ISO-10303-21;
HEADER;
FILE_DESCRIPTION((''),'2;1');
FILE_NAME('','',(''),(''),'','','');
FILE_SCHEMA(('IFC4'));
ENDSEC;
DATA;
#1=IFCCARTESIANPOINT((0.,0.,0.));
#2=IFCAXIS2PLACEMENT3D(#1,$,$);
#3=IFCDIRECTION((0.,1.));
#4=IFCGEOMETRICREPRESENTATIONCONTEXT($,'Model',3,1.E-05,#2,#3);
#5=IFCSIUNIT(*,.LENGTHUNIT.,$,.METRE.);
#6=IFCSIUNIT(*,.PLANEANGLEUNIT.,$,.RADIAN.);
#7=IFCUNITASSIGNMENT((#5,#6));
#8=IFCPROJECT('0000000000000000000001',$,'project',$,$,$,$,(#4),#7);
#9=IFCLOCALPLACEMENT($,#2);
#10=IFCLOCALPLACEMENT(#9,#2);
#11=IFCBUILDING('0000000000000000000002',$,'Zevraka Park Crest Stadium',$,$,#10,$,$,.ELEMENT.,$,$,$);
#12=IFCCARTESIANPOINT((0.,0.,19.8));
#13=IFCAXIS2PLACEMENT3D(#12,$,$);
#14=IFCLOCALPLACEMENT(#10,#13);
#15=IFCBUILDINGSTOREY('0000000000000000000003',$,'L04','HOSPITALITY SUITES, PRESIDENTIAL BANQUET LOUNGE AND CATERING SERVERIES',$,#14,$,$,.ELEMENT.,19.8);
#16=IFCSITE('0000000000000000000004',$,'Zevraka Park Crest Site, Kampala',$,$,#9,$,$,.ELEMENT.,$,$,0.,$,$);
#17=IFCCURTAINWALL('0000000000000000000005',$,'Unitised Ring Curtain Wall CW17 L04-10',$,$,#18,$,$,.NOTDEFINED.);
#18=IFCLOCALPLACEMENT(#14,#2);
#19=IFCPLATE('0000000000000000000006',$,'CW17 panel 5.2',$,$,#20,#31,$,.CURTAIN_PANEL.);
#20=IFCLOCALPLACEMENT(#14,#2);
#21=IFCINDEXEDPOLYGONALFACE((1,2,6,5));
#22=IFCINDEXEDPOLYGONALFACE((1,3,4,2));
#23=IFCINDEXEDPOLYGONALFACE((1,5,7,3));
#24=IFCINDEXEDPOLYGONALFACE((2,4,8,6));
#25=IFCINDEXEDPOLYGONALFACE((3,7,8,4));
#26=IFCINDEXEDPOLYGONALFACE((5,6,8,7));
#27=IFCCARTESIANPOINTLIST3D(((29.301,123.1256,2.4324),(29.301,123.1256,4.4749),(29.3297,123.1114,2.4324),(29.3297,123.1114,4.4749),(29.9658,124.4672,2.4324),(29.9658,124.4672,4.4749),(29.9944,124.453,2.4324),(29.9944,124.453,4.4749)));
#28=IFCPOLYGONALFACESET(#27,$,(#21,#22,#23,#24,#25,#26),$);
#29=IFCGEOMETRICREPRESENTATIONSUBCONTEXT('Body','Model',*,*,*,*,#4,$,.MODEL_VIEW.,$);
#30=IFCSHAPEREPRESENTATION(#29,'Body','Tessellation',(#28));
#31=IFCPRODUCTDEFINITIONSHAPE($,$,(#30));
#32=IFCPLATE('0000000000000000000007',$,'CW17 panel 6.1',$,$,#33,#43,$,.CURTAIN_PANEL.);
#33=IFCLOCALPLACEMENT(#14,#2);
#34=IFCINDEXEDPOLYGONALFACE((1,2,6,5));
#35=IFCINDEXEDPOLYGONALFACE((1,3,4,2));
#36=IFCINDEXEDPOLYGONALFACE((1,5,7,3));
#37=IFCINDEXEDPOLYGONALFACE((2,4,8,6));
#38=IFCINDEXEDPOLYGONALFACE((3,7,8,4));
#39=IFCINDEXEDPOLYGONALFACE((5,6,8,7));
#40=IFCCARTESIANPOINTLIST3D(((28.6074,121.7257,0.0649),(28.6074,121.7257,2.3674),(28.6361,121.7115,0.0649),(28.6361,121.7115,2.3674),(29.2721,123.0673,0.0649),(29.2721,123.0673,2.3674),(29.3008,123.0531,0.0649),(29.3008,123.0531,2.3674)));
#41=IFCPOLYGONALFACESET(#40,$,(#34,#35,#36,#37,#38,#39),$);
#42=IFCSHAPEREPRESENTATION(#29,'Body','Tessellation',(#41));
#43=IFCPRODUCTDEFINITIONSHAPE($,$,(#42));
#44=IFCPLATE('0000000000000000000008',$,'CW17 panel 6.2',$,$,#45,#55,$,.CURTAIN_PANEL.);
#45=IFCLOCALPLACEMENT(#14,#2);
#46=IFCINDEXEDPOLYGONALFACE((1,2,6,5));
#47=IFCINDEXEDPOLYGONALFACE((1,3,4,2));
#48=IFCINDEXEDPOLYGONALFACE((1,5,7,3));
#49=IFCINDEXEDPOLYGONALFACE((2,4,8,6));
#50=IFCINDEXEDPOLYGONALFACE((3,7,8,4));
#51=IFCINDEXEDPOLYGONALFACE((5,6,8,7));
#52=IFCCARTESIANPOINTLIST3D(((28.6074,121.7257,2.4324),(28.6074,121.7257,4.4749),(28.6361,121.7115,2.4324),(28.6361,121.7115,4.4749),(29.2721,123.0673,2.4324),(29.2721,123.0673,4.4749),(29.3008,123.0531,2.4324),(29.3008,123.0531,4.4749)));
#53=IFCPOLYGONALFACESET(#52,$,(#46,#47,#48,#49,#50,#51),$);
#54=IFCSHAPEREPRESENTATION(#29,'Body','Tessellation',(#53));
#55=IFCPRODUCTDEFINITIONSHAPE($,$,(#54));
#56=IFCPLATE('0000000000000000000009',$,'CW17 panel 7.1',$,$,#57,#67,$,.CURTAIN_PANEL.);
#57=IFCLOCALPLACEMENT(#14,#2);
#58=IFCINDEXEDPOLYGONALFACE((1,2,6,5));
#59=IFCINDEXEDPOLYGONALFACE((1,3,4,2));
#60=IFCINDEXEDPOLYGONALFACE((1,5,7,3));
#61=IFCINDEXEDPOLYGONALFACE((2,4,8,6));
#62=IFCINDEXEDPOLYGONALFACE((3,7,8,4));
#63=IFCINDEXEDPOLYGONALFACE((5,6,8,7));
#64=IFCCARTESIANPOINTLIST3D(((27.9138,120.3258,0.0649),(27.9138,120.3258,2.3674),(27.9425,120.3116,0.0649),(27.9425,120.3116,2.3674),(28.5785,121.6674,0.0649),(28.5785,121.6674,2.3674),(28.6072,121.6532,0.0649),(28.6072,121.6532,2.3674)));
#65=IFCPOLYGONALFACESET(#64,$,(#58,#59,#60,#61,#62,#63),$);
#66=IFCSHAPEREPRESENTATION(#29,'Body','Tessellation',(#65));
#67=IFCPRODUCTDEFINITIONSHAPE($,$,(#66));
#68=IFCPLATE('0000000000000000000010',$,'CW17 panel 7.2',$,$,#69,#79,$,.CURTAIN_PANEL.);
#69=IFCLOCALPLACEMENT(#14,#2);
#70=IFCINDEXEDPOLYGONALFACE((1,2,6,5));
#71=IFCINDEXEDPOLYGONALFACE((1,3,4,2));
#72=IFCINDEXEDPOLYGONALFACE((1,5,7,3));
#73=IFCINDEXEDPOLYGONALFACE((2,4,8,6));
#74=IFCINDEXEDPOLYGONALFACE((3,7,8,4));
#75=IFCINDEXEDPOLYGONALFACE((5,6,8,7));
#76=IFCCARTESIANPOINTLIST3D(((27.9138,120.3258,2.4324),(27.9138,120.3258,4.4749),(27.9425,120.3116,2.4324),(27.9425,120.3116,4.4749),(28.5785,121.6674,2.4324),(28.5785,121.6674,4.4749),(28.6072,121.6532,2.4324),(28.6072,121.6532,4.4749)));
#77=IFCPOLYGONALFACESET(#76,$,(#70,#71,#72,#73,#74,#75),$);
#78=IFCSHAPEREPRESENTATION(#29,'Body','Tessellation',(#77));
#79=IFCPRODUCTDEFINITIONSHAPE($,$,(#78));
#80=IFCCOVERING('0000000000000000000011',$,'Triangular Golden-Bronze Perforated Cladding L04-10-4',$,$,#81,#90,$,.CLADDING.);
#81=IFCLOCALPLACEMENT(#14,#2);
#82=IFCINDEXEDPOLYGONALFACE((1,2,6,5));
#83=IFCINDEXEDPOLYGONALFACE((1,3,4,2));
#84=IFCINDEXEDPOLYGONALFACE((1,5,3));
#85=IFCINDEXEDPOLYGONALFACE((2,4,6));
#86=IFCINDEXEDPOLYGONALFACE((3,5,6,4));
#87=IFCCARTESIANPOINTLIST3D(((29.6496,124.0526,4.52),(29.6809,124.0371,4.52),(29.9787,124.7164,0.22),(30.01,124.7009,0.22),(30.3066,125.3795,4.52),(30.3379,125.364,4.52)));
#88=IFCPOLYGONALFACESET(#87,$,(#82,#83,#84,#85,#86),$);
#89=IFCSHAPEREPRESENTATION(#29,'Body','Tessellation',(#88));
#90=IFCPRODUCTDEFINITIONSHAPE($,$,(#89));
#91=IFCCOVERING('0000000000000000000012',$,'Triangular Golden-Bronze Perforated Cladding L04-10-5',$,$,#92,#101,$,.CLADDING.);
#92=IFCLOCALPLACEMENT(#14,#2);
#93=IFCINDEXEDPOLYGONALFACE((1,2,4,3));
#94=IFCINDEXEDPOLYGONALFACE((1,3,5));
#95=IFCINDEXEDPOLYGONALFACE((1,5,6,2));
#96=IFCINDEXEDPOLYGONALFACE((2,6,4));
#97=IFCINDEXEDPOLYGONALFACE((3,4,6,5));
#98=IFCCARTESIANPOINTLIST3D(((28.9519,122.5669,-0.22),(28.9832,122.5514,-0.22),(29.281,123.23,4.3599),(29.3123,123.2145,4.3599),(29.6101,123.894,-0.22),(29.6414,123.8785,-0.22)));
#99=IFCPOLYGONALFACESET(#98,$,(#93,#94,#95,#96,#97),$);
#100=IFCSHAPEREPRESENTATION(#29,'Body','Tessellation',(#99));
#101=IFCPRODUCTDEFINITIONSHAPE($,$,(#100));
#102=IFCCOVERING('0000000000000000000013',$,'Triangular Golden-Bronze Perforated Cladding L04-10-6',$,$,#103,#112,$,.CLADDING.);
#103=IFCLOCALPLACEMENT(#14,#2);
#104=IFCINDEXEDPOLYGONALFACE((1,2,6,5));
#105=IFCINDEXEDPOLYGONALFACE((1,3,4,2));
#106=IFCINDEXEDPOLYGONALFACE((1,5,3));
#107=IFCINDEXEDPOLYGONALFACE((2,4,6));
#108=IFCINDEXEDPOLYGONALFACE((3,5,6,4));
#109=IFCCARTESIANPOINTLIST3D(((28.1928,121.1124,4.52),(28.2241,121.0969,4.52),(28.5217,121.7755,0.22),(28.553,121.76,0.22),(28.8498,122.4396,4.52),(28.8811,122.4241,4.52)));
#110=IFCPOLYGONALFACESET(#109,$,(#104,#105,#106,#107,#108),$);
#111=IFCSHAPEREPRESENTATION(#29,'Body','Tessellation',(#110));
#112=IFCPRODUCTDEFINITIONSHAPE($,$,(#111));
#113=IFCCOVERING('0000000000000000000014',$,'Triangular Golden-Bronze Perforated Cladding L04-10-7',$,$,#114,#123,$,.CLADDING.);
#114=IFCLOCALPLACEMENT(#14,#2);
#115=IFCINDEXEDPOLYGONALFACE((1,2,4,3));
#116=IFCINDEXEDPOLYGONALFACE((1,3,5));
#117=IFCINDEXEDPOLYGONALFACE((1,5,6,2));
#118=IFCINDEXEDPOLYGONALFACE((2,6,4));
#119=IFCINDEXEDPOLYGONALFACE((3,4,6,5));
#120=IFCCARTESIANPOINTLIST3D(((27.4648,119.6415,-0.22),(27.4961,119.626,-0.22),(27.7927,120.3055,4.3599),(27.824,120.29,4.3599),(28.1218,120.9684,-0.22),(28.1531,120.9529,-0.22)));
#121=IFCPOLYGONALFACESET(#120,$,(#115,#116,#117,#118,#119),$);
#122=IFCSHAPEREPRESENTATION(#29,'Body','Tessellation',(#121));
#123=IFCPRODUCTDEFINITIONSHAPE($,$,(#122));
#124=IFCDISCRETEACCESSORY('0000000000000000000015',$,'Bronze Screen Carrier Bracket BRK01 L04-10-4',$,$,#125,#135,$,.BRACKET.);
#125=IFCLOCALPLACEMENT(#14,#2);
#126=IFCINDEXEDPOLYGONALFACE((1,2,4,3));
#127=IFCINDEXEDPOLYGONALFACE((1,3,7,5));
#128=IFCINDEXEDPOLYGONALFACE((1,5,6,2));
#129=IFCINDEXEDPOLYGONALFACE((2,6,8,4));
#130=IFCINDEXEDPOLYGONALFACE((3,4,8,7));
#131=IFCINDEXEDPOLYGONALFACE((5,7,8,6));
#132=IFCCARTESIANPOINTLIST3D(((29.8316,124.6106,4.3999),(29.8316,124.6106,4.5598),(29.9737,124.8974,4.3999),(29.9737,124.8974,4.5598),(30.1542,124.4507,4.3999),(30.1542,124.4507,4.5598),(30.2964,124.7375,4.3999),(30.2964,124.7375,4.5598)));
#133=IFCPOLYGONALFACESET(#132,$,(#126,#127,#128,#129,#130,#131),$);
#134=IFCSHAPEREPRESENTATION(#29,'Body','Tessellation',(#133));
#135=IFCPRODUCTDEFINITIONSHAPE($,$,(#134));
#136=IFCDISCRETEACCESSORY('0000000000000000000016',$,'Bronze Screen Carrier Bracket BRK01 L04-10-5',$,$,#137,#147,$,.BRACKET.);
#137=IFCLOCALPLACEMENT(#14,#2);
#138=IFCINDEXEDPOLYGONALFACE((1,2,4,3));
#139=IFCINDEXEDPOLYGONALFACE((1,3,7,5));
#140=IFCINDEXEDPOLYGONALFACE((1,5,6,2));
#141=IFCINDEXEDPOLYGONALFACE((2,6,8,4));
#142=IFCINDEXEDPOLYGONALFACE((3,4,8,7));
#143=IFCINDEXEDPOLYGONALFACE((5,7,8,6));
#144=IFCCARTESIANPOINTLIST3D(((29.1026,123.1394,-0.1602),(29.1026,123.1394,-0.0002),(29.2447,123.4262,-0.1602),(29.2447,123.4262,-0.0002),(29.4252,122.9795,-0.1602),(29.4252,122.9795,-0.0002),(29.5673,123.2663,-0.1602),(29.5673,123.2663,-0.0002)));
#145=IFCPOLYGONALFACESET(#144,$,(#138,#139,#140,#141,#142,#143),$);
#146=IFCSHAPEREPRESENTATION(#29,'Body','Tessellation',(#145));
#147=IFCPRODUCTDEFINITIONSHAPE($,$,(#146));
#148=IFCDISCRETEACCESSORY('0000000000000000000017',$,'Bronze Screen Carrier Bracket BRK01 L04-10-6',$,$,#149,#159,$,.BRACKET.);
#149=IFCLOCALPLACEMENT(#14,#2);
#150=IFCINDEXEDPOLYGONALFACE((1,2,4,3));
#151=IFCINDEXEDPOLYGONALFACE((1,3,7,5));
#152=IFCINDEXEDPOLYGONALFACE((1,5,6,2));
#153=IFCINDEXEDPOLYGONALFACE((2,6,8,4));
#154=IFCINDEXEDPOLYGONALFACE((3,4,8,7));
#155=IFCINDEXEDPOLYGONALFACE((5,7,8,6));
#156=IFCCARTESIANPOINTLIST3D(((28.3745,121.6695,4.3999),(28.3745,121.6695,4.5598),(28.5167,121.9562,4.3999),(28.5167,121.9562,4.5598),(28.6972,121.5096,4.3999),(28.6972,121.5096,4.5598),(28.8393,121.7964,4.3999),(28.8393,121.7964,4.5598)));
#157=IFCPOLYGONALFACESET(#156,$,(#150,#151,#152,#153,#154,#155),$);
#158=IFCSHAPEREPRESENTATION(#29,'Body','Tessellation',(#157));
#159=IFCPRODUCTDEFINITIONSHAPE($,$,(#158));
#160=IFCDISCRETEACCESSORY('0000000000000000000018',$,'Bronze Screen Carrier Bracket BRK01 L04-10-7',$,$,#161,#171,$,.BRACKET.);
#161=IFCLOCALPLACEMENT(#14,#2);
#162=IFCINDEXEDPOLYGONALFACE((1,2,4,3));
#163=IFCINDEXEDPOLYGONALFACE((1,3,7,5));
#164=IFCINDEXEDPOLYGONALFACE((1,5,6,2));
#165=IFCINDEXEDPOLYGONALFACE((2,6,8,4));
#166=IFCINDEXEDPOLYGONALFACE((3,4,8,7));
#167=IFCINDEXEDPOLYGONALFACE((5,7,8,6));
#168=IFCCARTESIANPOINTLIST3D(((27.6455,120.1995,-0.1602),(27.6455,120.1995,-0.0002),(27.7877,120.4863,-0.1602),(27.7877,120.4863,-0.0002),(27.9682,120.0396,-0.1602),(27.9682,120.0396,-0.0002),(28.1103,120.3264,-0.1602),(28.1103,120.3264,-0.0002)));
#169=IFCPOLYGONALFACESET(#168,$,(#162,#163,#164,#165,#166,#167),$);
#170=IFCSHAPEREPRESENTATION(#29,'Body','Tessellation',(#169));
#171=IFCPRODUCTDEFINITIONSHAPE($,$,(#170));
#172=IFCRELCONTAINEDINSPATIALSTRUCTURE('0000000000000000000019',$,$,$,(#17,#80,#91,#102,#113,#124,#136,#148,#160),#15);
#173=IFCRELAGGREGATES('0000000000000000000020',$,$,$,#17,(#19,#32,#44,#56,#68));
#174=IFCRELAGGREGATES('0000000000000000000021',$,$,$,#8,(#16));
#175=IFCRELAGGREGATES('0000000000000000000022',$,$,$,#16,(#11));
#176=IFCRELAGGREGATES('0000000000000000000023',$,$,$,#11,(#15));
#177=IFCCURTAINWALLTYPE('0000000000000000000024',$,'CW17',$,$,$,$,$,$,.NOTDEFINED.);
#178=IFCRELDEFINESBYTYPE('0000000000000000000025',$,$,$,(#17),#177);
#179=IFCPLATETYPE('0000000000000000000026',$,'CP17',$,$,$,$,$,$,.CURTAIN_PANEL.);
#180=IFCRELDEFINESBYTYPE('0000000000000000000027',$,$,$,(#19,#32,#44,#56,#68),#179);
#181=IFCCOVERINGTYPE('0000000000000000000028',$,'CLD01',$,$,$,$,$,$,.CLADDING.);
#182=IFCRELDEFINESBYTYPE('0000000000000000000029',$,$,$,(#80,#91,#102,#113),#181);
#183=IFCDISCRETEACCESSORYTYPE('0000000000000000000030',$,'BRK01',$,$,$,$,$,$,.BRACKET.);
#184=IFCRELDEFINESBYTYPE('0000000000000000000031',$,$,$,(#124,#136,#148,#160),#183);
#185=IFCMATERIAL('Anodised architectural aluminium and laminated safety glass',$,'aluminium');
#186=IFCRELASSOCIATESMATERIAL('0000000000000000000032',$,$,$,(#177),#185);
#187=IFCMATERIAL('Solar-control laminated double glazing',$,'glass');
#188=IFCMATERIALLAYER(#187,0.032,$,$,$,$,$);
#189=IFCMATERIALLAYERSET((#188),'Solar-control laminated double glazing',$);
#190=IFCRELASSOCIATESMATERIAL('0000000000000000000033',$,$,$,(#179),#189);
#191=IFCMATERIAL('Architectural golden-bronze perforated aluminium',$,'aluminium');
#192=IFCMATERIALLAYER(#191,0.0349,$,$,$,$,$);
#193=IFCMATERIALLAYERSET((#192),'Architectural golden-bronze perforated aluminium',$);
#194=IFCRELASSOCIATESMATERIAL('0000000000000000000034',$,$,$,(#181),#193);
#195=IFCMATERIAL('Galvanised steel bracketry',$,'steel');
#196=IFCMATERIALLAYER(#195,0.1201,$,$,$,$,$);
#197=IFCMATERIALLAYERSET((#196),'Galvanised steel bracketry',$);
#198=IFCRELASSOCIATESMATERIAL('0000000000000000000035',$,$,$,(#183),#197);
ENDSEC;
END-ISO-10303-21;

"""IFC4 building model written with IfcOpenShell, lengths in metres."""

from ifc_helpers import new_model, si_unit, direction, frame, origin, origin_2d, place, context, subcontext, project, spatial, polyline, rectangle, outline, extrude, material, layer, layer_set, type_object, element, aggregate, save


model = new_model("IFC4")

# Units and contexts
model_context = context("Model", 3, precision=1e-05, world=origin(), true_north=direction((0.0, 1.0)))
body_context = subcontext(model_context, "Body", "Model", "MODEL_VIEW")
ifc_project = project(units=[si_unit("LENGTHUNIT", "METRE"), si_unit("PLANEANGLEUNIT", "RADIAN")], contexts=[model_context])

# Site, building, storey
site_placement = place(None, origin())
site = spatial("IfcSite", under=ifc_project, at=site_placement, Name="Zevraka Park Crest Site, Kampala", CompositionType="ELEMENT", RefElevation=0.0)
building_placement = place(site_placement, origin())
building = spatial("IfcBuilding", under=site, at=building_placement, Name="Zevraka Park Crest Stadium", CompositionType="ELEMENT")
storey_placement = place(building_placement, frame((0.0, 0.0, 19.8)))
storey = spatial("IfcBuildingStorey", under=building, at=storey_placement, Name="L04", Description="HOSPITALITY SUITES, PRESIDENTIAL BANQUET LOUNGE AND CATERING SERVERIES", CompositionType="ELEMENT", Elevation=19.8)

# Curtain wall, plates
ifc_material_1 = material(Name="Anodised architectural aluminium and laminated safety glass", Category="aluminium")
curtain_wall_type = type_object("IfcCurtainWallType", Name="CW17", PredefinedType="NOTDEFINED", material=ifc_material_1)
curtain_wall_placement = place(storey_placement, origin())
curtain_wall = element("IfcCurtainWall", 1, at=curtain_wall_placement, inside=storey, type_object=curtain_wall_type, Name="Unitised Ring Curtain Wall CW17 L04-10", PredefinedType="NOTDEFINED")
ifc_material_2 = material(Name="Solar-control laminated double glazing", Category="glass")
ifc_layer_1 = layer(ifc_material_2, 0.032)
ifc_layer_set_1 = layer_set([ifc_layer_1], Name="Solar-control laminated double glazing")
plate_type = type_object("IfcPlateType", Name="CP17", PredefinedType="CURTAIN_PANEL", material=ifc_layer_set_1)
plate_1_placement = place(storey_placement, frame((29.6477, 123.7893, 2.4324), z_axis=(0.0, 0.0, 1.0), x_axis=(-0.443961, -0.896046, 0.0)))
plate_1 = element("IfcPlate", 2, at=plate_1_placement, type_object=plate_type, Name="CW17 panel 5.2", PredefinedType="CURTAIN_PANEL", context=body_context, shape_type="SweptSolid", body=[
    extrude(rectangle(XDim=1.4973, YDim=0.032, at=origin_2d()), origin(), (0.0, 0.0, 1.0), 2.0425),
])
plate_2_placement = place(storey_placement, frame((28.9541, 122.3894, 0.0649), z_axis=(0.0, 0.0, 1.0), x_axis=(-0.443961, -0.896046, 0.0)))
plate_2 = element("IfcPlate", 3, at=plate_2_placement, type_object=plate_type, Name="CW17 panel 6.1", PredefinedType="CURTAIN_PANEL", context=body_context, shape_type="SweptSolid", body=[
    extrude(rectangle(XDim=1.4973, YDim=0.032, at=origin_2d()), origin(), (0.0, 0.0, 1.0), 2.3025),
])
plate_3_placement = place(storey_placement, frame((28.9541, 122.3894, 2.4324), z_axis=(0.0, 0.0, 1.0), x_axis=(-0.443961, -0.896046, 0.0)))
plate_3 = element("IfcPlate", 4, at=plate_3_placement, type_object=plate_type, Name="CW17 panel 6.2", PredefinedType="CURTAIN_PANEL", context=body_context, shape_type="SweptSolid", body=[
    extrude(rectangle(XDim=1.4973, YDim=0.032, at=origin_2d()), origin(), (0.0, 0.0, 1.0), 2.0425),
])
plate_4_placement = place(storey_placement, frame((28.2605, 120.9895, 0.0649), z_axis=(0.0, 0.0, 1.0), x_axis=(-0.443961, -0.896046, 0.0)))
plate_4 = element("IfcPlate", 5, at=plate_4_placement, type_object=plate_type, Name="CW17 panel 7.1", PredefinedType="CURTAIN_PANEL", context=body_context, shape_type="SweptSolid", body=[
    extrude(rectangle(XDim=1.4973, YDim=0.032, at=origin_2d()), origin(), (0.0, 0.0, 1.0), 2.3025),
])
plate_5_placement = place(storey_placement, frame((28.2605, 120.9895, 2.4324), z_axis=(0.0, 0.0, 1.0), x_axis=(-0.443961, -0.896046, 0.0)))
plate_5 = element("IfcPlate", 6, at=plate_5_placement, type_object=plate_type, Name="CW17 panel 7.2", PredefinedType="CURTAIN_PANEL", context=body_context, shape_type="SweptSolid", body=[
    extrude(rectangle(XDim=1.4973, YDim=0.032, at=origin_2d()), origin(), (0.0, 0.0, 1.0), 2.0425),
])
aggregate(curtain_wall, [plate_1, plate_2, plate_3, plate_4, plate_5])

# Coverings
ifc_material_3 = material(Name="Architectural golden-bronze perforated aluminium", Category="aluminium")
ifc_layer_2 = layer(ifc_material_3, 0.0349)
ifc_layer_set_2 = layer_set([ifc_layer_2], Name="Architectural golden-bronze perforated aluminium")
covering_type = type_object("IfcCoveringType", Name="CLD01", PredefinedType="CLADDING", material=ifc_layer_set_2)
covering_1_placement = place(storey_placement, frame((29.6809, 124.0371, 4.52), z_axis=(0.896168, -0.443715, 0.000089), x_axis=(0.443715, 0.896168, 0.0)))
element("IfcCovering", 7, at=covering_1_placement, inside=storey, type_object=covering_type, Name="Triangular Golden-Bronze Perforated Cladding L04-10-4", PredefinedType="CLADDING", context=body_context, shape_type="SweptSolid", body=[
    extrude(outline(polyline([(0.0, 0.0), (1.4806, 0.0), (0.7409, -4.3), (0.0, 0.0)])), origin(), (0.0, 0.0, -1.0), 0.0349),
])
covering_2_placement = place(storey_placement, frame((29.6101, 123.894, -0.22), z_axis=(-0.895873, 0.444311, 0.000047), x_axis=(-0.444311, -0.895873, 0.0)))
element("IfcCovering", 8, at=covering_2_placement, inside=storey, type_object=covering_type, Name="Triangular Golden-Bronze Perforated Cladding L04-10-5", PredefinedType="CLADDING", context=body_context, shape_type="SweptSolid", body=[
    extrude(outline(polyline([(0.0, 0.0), (1.4814, 0.0), (0.7411, 4.5798), (0.0, 0.0)])), origin(), (0.0, 0.0, -1.0), 0.0349),
])
covering_3_placement = place(storey_placement, frame((28.2241, 121.0969, 4.52), z_axis=(0.896201, -0.443649, 0.000127), x_axis=(0.443649, 0.896201, 0.0)))
element("IfcCovering", 9, at=covering_3_placement, inside=storey, type_object=covering_type, Name="Triangular Golden-Bronze Perforated Cladding L04-10-6", PredefinedType="CLADDING", context=body_context, shape_type="SweptSolid", body=[
    extrude(outline(polyline([(0.0, 0.0), (1.4809, 0.0), (0.7402, -4.3), (0.0, 0.0)])), origin(), (0.0, 0.0, -1.0), 0.0349),
])
covering_4_placement = place(storey_placement, frame((28.1531, 120.9529, -0.22), z_axis=(0.896168, -0.443715, 0.000179), x_axis=(-0.443715, -0.896168, 0.0)))
element("IfcCovering", 10, at=covering_4_placement, inside=storey, type_object=covering_type, Name="Triangular Golden-Bronze Perforated Cladding L04-10-7", PredefinedType="CLADDING", context=body_context, shape_type="SweptSolid", body=[
    extrude(outline(polyline([(0.0, 0.0), (1.4806, 0.0), (0.74, -4.5798), (0.0, 0.0)])), origin(), (0.0, 0.0, -1.0), 0.0349),
])

# Discrete accessories
ifc_material_4 = material(Name="Galvanised steel bracketry", Category="steel")
ifc_layer_3 = layer(ifc_material_4, 0.1201)
ifc_layer_set_3 = layer_set([ifc_layer_3], Name="Galvanised steel bracketry")
discrete_accessory_type = type_object("IfcDiscreteAccessoryType", Name="BRK01", PredefinedType="BRACKET", material=ifc_layer_set_3)
for number, where, z_axis, x_axis, name in (
    (11, (30.064, 124.6741, 4.3999), (0.0, 0.0, 1.0), (-0.44401, -0.896022, 0.0), "Bronze Screen Carrier Bracket BRK01 L04-10-4"),
    (12, (29.335, 123.2029, -0.1602), (0.0, 0.0, 1.0), (-0.44401, -0.896022, 0.0), "Bronze Screen Carrier Bracket BRK01 L04-10-5"),
    (13, (28.6069, 121.7329, 4.3999), (0.0, 0.0, 1.0), (-0.44401, -0.896022, 0.0), "Bronze Screen Carrier Bracket BRK01 L04-10-6"),
    (14, (27.8779, 120.2629, -0.1602), (0.0, 0.0, 1.0), (-0.44401, -0.896022, 0.0), "Bronze Screen Carrier Bracket BRK01 L04-10-7"),
):
    element("IfcDiscreteAccessory", number, at=place(storey_placement, frame(where, z_axis=z_axis, x_axis=x_axis)), inside=storey, type_object=discrete_accessory_type, Name=name, PredefinedType="BRACKET", context=body_context, shape_type="SweptSolid", body=[
        extrude(rectangle(XDim=0.3201, YDim=0.3601, at=origin_2d()), origin(), (0.0, 0.0, 1.0), 0.1599),
    ])

save(model, "model.ifc")
